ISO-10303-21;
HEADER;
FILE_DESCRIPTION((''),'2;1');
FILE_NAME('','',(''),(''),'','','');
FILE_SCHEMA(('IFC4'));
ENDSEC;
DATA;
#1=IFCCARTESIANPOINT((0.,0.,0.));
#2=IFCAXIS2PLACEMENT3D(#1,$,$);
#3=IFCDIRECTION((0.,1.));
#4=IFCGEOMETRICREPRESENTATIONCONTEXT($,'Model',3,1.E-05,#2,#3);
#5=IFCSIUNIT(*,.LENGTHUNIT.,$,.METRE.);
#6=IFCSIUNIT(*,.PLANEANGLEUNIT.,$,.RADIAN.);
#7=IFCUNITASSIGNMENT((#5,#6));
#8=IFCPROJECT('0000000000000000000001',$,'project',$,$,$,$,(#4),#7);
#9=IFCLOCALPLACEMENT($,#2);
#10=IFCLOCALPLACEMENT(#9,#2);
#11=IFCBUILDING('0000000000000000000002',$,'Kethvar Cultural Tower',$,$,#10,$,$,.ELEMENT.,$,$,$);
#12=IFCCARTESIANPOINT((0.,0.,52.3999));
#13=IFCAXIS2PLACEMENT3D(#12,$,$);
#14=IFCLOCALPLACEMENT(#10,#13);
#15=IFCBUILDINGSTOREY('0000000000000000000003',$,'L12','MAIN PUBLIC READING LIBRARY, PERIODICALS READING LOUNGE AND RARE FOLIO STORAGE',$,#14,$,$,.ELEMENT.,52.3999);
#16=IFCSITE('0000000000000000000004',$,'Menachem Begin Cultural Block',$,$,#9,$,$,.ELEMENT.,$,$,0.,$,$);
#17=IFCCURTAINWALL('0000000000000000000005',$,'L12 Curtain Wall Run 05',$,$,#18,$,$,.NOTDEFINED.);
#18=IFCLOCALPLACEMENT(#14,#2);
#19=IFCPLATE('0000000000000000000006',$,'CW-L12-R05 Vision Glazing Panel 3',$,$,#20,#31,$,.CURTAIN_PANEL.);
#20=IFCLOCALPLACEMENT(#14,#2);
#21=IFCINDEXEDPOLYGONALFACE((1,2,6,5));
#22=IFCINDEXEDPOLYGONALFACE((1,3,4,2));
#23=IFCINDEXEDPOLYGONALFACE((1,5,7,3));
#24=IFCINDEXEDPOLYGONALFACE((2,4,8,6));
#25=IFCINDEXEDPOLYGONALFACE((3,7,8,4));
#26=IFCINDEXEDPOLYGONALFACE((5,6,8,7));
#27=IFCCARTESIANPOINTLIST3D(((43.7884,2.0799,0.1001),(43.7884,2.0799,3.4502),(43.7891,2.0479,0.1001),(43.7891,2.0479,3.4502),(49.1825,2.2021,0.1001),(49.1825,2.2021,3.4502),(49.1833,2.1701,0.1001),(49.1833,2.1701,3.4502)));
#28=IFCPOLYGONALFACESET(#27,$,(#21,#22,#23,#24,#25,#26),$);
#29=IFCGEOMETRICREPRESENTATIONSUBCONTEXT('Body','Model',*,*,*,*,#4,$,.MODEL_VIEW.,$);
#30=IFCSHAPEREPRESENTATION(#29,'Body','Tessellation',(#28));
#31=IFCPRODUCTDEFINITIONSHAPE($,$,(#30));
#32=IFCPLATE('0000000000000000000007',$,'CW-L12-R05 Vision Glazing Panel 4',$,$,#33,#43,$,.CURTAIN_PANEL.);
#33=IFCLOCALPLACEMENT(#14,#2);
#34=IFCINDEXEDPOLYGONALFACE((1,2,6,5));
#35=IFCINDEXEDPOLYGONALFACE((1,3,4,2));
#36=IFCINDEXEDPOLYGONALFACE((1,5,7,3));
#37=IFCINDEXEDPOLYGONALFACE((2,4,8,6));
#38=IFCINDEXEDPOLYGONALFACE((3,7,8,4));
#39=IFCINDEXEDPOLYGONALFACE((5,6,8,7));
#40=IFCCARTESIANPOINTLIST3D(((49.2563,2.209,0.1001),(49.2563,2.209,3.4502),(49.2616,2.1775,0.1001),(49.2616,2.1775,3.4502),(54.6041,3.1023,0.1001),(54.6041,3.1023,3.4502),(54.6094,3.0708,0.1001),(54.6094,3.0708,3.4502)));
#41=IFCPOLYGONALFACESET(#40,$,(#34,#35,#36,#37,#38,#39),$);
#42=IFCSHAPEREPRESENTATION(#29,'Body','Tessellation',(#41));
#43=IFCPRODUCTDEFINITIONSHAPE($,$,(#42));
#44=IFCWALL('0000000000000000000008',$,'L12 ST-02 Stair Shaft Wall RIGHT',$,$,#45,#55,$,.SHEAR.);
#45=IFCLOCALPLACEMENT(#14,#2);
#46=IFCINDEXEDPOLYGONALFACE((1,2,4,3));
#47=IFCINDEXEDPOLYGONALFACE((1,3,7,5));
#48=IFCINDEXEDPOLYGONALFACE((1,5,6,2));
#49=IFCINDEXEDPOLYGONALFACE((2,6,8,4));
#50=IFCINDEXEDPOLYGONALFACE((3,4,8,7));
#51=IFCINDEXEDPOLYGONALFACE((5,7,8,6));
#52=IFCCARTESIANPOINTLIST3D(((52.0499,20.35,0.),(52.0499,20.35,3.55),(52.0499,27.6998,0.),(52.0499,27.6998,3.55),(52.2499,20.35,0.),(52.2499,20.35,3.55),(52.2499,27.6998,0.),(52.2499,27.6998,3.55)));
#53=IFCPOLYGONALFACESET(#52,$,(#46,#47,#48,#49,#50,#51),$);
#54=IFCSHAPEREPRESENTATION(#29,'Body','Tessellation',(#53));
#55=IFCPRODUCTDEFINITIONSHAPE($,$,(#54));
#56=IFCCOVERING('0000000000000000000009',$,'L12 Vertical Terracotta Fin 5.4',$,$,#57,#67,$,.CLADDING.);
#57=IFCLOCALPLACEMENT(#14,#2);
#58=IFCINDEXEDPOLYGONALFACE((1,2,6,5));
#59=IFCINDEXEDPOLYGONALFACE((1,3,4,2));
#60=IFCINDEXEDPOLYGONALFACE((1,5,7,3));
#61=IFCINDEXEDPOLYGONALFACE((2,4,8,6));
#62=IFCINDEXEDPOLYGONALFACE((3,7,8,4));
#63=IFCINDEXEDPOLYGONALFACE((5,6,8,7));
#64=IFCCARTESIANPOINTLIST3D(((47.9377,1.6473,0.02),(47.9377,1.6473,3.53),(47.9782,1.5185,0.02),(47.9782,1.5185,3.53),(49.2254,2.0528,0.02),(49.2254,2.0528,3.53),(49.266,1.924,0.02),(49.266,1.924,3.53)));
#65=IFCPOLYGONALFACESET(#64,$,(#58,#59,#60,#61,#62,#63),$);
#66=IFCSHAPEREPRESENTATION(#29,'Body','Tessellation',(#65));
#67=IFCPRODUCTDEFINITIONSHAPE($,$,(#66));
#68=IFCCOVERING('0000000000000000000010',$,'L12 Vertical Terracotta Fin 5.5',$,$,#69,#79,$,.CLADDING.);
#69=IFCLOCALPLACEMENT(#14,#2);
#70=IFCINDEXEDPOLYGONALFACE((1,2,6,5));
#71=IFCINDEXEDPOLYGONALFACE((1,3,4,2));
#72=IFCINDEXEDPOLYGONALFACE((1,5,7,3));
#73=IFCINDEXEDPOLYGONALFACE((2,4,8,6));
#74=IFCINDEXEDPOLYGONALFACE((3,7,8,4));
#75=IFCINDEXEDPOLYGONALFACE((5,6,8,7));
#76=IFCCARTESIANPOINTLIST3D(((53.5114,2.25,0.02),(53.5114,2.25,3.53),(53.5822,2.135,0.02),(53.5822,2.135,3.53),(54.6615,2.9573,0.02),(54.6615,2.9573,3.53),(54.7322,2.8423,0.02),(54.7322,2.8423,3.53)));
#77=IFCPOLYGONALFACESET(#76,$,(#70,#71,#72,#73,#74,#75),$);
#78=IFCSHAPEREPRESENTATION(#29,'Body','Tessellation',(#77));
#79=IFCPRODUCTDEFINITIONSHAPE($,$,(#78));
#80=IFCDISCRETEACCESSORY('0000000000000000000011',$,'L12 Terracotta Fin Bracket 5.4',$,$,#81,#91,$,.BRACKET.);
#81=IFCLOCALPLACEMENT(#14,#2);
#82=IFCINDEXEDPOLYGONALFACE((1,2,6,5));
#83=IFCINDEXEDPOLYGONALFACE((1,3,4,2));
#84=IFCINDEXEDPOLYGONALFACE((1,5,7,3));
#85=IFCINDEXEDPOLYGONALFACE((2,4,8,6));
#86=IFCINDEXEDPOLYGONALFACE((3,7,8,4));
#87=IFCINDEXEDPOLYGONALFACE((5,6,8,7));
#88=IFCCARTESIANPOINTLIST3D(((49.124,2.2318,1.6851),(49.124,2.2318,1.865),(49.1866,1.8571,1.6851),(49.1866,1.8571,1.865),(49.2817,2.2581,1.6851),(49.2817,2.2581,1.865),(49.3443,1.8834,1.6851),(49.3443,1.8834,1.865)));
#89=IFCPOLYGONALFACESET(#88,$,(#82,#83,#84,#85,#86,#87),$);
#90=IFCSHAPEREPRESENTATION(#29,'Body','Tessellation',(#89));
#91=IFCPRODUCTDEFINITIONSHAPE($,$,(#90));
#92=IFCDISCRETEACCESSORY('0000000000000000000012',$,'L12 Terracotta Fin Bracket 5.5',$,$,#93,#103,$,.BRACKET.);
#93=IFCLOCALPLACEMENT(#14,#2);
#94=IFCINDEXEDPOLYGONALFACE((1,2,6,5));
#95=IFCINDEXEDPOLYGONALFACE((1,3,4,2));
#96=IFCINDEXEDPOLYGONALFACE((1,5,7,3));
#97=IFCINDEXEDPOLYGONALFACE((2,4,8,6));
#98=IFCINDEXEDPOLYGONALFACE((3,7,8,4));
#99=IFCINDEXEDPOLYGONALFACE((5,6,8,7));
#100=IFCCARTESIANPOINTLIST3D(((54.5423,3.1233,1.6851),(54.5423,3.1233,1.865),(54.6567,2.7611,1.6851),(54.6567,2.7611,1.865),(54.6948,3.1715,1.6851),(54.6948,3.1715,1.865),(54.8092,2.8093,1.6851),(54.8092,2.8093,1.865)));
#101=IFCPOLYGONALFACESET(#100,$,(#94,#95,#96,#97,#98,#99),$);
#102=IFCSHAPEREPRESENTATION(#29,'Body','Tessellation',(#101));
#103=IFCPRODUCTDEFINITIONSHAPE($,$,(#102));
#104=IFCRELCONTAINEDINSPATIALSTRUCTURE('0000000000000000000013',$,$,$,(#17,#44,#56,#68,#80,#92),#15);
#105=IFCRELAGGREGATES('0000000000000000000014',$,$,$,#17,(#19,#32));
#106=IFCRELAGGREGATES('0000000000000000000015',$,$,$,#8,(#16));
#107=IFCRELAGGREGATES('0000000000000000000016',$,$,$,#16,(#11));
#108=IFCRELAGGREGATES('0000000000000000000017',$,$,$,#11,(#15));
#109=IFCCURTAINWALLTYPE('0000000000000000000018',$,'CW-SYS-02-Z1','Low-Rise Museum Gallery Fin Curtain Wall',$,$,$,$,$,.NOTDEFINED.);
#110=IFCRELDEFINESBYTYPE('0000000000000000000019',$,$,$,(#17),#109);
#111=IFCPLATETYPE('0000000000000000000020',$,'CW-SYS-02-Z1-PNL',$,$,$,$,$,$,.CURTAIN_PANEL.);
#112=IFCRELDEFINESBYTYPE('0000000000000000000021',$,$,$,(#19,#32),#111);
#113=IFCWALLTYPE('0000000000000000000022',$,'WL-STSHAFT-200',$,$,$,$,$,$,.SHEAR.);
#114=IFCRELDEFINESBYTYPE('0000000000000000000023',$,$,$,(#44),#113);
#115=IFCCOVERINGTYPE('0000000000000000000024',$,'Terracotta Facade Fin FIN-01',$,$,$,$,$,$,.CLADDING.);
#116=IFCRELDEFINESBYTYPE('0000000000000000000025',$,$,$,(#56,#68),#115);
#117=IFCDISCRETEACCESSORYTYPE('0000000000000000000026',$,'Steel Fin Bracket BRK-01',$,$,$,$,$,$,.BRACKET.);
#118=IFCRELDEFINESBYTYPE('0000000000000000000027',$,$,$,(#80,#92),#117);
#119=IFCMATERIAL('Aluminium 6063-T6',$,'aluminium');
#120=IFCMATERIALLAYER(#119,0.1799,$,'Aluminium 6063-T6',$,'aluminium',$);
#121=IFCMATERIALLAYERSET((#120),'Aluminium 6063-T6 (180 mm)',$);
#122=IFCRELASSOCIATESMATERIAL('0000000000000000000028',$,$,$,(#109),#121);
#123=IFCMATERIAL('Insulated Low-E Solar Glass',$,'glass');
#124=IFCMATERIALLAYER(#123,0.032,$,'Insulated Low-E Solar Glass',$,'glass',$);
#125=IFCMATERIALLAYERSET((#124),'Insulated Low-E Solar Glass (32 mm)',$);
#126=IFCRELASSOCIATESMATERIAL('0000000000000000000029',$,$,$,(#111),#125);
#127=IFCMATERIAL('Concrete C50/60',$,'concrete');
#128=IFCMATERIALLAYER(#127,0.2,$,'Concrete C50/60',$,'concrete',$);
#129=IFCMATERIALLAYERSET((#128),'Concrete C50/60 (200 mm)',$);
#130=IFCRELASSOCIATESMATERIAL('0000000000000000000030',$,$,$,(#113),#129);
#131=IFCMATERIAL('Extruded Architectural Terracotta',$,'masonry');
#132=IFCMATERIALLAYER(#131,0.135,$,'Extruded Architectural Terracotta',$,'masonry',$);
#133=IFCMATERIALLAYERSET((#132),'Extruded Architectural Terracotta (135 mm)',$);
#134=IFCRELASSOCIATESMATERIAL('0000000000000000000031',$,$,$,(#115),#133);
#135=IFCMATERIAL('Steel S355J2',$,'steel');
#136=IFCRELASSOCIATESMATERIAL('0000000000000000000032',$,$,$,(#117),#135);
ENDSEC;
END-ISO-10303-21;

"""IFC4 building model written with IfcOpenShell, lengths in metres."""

from ifc_helpers import new_model, si_unit, direction, frame, frame_2d, origin, origin_2d, place, context, subcontext, project, spatial, rectangle, extrude, source, transform, mapped, material, layer, layer_set, type_object, element, aggregate, save


model = new_model("IFC4")

# Units and contexts
model_context = context("Model", 3, precision=1e-05, world=origin(), true_north=direction((0.0, 1.0)))
body_context = subcontext(model_context, "Body", "Model", "MODEL_VIEW")
ifc_project = project(units=[si_unit("LENGTHUNIT", "METRE"), si_unit("PLANEANGLEUNIT", "RADIAN")], contexts=[model_context])

# Site, building, storey
site_placement = place(None, origin())
site = spatial("IfcSite", under=ifc_project, at=site_placement, Name="Menachem Begin Cultural Block", CompositionType="ELEMENT", RefElevation=0.0)
building_placement = place(site_placement, origin())
building = spatial("IfcBuilding", under=site, at=building_placement, Name="Kethvar Cultural Tower", CompositionType="ELEMENT")
storey_placement = place(building_placement, frame((0.0, 0.0, 52.3999)))
storey = spatial("IfcBuildingStorey", under=building, at=storey_placement, Name="L12", Description="MAIN PUBLIC READING LIBRARY, PERIODICALS READING LOUNGE AND RARE FOLIO STORAGE", CompositionType="ELEMENT", Elevation=52.3999)

# Shared definitions
ifc_material_1 = material(Name="Steel S355J2", Category="steel")

# Curtain wall, plates
ifc_material_2 = material(Name="Aluminium 6063-T6", Category="aluminium")
ifc_layer_1 = layer(ifc_material_2, 0.1799, Name="Aluminium 6063-T6", Category="aluminium")
ifc_layer_set_1 = layer_set([ifc_layer_1], Name="Aluminium 6063-T6 (180 mm)")
curtain_wall_type = type_object("IfcCurtainWallType", Name="CW-SYS-02-Z1", Description="Low-Rise Museum Gallery Fin Curtain Wall", PredefinedType="NOTDEFINED", material=ifc_layer_set_1)
curtain_wall_placement = place(storey_placement, origin())
curtain_wall = element("IfcCurtainWall", 1, at=curtain_wall_placement, inside=storey, type_object=curtain_wall_type, Name="L12 Curtain Wall Run 05", PredefinedType="NOTDEFINED")
ifc_material_3 = material(Name="Insulated Low-E Solar Glass", Category="glass")
ifc_layer_2 = layer(ifc_material_3, 0.032, Name="Insulated Low-E Solar Glass", Category="glass")
ifc_layer_set_2 = layer_set([ifc_layer_2], Name="Insulated Low-E Solar Glass (32 mm)")
plate_type = type_object("IfcPlateType", Name="CW-SYS-02-Z1-PNL", PredefinedType="CURTAIN_PANEL", material=ifc_layer_set_2)
shared_shape_1 = source(origin(), body_context, "Body", "SweptSolid", [
    extrude(rectangle(XDim=5.3955, YDim=0.032, at=origin_2d()), origin(), (0.0, 0.0, 1.0), 3.3501),
])
plate_1_placement = place(storey_placement, frame((46.4858, 2.125, 0.1001), z_axis=(0.0, 0.0, 1.0), x_axis=(0.999743, 0.022652, 0.0)))
plate_1 = element("IfcPlate", 2, at=plate_1_placement, type_object=plate_type, Name="CW-L12-R05 Vision Glazing Panel 3", PredefinedType="CURTAIN_PANEL", context=body_context, shape_type="MappedRepresentation", body=[
    mapped(shared_shape_1, transform((0.0, 0.0, 0.0), scale=1.0)),
])
shared_shape_2 = source(origin(), body_context, "Body", "SweptSolid", [
    extrude(rectangle(XDim=5.4219, YDim=0.032, at=origin_2d()), origin(), (0.0, 0.0, 1.0), 3.3501),
])
plate_2_placement = place(storey_placement, frame((51.9329, 2.6399, 0.1001), z_axis=(0.0, 0.0, 1.0), x_axis=(0.986335, 0.164755, 0.0)))
plate_2 = element("IfcPlate", 3, at=plate_2_placement, type_object=plate_type, Name="CW-L12-R05 Vision Glazing Panel 4", PredefinedType="CURTAIN_PANEL", context=body_context, shape_type="MappedRepresentation", body=[
    mapped(shared_shape_2, transform((0.0, 0.0, 0.0), scale=1.0)),
])
aggregate(curtain_wall, [plate_1, plate_2])

# Wall
ifc_material_4 = material(Name="Concrete C50/60", Category="concrete")
ifc_layer_3 = layer(ifc_material_4, 0.2, Name="Concrete C50/60", Category="concrete")
ifc_layer_set_3 = layer_set([ifc_layer_3], Name="Concrete C50/60 (200 mm)")
wall_type_1 = type_object("IfcWallType", Name="WL-STSHAFT-200", PredefinedType="SHEAR", material=ifc_layer_set_3)
wall_1_placement = place(storey_placement, frame((52.1499, 20.3501, 0.0), z_axis=(0.0, 0.0, 1.0), x_axis=(0.0, 1.0, 0.0)))
element("IfcWall", 4, at=wall_1_placement, inside=storey, type_object=wall_type_1, Name="L12 ST-02 Stair Shaft Wall RIGHT", PredefinedType="SHEAR", context=body_context, shape_type="SweptSolid", body=[
    extrude(rectangle(XDim=7.3499, YDim=0.2, at=frame_2d((3.6748, 0.0))), origin(), (0.0, 0.0, 1.0), 3.55),
])

# Coverings
ifc_material_5 = material(Name="Extruded Architectural Terracotta", Category="masonry")
ifc_layer_4 = layer(ifc_material_5, 0.135, Name="Extruded Architectural Terracotta", Category="masonry")
ifc_layer_set_4 = layer_set([ifc_layer_4], Name="Extruded Architectural Terracotta (135 mm)")
covering_type = type_object("IfcCoveringType", Name="Terracotta Facade Fin FIN-01", PredefinedType="CLADDING", material=ifc_layer_set_4)
shared_shape_3 = source(origin(), body_context, "Body", "SweptSolid", [
    extrude(rectangle(XDim=1.3501, YDim=0.135, at=origin_2d()), origin(), (0.0, 0.0, 1.0), 3.51),
])
for number, where, z_axis, x_axis, name in (
    (5, (48.6018, 1.7856, 0.02), (0.0, 0.0, 1.0), (-0.953822, -0.300373, 0.0), "L12 Vertical Terracotta Fin 5.4"),
    (6, (54.1218, 2.5461, 0.02), (0.0, 0.0, 1.0), (-0.851818, -0.523837, 0.0), "L12 Vertical Terracotta Fin 5.5"),
):
    element("IfcCovering", number, at=place(storey_placement, frame(where, z_axis=z_axis, x_axis=x_axis)), inside=storey, type_object=covering_type, Name=name, PredefinedType="CLADDING", context=body_context, shape_type="MappedRepresentation", body=[
        mapped(shared_shape_3, transform((0.0, 0.0, 0.0), scale=1.0)),
    ])

# Discrete accessories
discrete_accessory_type = type_object("IfcDiscreteAccessoryType", Name="Steel Fin Bracket BRK-01", PredefinedType="BRACKET", material=ifc_material_1)
shared_shape_4 = source(origin(), body_context, "Body", "SweptSolid", [
    extrude(rectangle(XDim=0.3799, YDim=0.1599, at=origin_2d()), origin(), (0.0, 0.0, 1.0), 0.1799),
])
for number, where, z_axis, x_axis, name in (
    (7, (49.2341, 2.0576, 1.6851), (0.0, 0.0, 1.0), (0.164703, -0.986343, 0.0), "L12 Terracotta Fin Bracket 5.4"),
    (8, (54.6758, 2.9663, 1.6851), (0.0, 0.0, 1.0), (0.301205, -0.953559, 0.0), "L12 Terracotta Fin Bracket 5.5"),
):
    element("IfcDiscreteAccessory", number, at=place(storey_placement, frame(where, z_axis=z_axis, x_axis=x_axis)), inside=storey, type_object=discrete_accessory_type, Name=name, PredefinedType="BRACKET", context=body_context, shape_type="MappedRepresentation", body=[
        mapped(shared_shape_4, transform((0.0, 0.0, 0.0), scale=1.0)),
    ])

save(model, "model.ifc")
